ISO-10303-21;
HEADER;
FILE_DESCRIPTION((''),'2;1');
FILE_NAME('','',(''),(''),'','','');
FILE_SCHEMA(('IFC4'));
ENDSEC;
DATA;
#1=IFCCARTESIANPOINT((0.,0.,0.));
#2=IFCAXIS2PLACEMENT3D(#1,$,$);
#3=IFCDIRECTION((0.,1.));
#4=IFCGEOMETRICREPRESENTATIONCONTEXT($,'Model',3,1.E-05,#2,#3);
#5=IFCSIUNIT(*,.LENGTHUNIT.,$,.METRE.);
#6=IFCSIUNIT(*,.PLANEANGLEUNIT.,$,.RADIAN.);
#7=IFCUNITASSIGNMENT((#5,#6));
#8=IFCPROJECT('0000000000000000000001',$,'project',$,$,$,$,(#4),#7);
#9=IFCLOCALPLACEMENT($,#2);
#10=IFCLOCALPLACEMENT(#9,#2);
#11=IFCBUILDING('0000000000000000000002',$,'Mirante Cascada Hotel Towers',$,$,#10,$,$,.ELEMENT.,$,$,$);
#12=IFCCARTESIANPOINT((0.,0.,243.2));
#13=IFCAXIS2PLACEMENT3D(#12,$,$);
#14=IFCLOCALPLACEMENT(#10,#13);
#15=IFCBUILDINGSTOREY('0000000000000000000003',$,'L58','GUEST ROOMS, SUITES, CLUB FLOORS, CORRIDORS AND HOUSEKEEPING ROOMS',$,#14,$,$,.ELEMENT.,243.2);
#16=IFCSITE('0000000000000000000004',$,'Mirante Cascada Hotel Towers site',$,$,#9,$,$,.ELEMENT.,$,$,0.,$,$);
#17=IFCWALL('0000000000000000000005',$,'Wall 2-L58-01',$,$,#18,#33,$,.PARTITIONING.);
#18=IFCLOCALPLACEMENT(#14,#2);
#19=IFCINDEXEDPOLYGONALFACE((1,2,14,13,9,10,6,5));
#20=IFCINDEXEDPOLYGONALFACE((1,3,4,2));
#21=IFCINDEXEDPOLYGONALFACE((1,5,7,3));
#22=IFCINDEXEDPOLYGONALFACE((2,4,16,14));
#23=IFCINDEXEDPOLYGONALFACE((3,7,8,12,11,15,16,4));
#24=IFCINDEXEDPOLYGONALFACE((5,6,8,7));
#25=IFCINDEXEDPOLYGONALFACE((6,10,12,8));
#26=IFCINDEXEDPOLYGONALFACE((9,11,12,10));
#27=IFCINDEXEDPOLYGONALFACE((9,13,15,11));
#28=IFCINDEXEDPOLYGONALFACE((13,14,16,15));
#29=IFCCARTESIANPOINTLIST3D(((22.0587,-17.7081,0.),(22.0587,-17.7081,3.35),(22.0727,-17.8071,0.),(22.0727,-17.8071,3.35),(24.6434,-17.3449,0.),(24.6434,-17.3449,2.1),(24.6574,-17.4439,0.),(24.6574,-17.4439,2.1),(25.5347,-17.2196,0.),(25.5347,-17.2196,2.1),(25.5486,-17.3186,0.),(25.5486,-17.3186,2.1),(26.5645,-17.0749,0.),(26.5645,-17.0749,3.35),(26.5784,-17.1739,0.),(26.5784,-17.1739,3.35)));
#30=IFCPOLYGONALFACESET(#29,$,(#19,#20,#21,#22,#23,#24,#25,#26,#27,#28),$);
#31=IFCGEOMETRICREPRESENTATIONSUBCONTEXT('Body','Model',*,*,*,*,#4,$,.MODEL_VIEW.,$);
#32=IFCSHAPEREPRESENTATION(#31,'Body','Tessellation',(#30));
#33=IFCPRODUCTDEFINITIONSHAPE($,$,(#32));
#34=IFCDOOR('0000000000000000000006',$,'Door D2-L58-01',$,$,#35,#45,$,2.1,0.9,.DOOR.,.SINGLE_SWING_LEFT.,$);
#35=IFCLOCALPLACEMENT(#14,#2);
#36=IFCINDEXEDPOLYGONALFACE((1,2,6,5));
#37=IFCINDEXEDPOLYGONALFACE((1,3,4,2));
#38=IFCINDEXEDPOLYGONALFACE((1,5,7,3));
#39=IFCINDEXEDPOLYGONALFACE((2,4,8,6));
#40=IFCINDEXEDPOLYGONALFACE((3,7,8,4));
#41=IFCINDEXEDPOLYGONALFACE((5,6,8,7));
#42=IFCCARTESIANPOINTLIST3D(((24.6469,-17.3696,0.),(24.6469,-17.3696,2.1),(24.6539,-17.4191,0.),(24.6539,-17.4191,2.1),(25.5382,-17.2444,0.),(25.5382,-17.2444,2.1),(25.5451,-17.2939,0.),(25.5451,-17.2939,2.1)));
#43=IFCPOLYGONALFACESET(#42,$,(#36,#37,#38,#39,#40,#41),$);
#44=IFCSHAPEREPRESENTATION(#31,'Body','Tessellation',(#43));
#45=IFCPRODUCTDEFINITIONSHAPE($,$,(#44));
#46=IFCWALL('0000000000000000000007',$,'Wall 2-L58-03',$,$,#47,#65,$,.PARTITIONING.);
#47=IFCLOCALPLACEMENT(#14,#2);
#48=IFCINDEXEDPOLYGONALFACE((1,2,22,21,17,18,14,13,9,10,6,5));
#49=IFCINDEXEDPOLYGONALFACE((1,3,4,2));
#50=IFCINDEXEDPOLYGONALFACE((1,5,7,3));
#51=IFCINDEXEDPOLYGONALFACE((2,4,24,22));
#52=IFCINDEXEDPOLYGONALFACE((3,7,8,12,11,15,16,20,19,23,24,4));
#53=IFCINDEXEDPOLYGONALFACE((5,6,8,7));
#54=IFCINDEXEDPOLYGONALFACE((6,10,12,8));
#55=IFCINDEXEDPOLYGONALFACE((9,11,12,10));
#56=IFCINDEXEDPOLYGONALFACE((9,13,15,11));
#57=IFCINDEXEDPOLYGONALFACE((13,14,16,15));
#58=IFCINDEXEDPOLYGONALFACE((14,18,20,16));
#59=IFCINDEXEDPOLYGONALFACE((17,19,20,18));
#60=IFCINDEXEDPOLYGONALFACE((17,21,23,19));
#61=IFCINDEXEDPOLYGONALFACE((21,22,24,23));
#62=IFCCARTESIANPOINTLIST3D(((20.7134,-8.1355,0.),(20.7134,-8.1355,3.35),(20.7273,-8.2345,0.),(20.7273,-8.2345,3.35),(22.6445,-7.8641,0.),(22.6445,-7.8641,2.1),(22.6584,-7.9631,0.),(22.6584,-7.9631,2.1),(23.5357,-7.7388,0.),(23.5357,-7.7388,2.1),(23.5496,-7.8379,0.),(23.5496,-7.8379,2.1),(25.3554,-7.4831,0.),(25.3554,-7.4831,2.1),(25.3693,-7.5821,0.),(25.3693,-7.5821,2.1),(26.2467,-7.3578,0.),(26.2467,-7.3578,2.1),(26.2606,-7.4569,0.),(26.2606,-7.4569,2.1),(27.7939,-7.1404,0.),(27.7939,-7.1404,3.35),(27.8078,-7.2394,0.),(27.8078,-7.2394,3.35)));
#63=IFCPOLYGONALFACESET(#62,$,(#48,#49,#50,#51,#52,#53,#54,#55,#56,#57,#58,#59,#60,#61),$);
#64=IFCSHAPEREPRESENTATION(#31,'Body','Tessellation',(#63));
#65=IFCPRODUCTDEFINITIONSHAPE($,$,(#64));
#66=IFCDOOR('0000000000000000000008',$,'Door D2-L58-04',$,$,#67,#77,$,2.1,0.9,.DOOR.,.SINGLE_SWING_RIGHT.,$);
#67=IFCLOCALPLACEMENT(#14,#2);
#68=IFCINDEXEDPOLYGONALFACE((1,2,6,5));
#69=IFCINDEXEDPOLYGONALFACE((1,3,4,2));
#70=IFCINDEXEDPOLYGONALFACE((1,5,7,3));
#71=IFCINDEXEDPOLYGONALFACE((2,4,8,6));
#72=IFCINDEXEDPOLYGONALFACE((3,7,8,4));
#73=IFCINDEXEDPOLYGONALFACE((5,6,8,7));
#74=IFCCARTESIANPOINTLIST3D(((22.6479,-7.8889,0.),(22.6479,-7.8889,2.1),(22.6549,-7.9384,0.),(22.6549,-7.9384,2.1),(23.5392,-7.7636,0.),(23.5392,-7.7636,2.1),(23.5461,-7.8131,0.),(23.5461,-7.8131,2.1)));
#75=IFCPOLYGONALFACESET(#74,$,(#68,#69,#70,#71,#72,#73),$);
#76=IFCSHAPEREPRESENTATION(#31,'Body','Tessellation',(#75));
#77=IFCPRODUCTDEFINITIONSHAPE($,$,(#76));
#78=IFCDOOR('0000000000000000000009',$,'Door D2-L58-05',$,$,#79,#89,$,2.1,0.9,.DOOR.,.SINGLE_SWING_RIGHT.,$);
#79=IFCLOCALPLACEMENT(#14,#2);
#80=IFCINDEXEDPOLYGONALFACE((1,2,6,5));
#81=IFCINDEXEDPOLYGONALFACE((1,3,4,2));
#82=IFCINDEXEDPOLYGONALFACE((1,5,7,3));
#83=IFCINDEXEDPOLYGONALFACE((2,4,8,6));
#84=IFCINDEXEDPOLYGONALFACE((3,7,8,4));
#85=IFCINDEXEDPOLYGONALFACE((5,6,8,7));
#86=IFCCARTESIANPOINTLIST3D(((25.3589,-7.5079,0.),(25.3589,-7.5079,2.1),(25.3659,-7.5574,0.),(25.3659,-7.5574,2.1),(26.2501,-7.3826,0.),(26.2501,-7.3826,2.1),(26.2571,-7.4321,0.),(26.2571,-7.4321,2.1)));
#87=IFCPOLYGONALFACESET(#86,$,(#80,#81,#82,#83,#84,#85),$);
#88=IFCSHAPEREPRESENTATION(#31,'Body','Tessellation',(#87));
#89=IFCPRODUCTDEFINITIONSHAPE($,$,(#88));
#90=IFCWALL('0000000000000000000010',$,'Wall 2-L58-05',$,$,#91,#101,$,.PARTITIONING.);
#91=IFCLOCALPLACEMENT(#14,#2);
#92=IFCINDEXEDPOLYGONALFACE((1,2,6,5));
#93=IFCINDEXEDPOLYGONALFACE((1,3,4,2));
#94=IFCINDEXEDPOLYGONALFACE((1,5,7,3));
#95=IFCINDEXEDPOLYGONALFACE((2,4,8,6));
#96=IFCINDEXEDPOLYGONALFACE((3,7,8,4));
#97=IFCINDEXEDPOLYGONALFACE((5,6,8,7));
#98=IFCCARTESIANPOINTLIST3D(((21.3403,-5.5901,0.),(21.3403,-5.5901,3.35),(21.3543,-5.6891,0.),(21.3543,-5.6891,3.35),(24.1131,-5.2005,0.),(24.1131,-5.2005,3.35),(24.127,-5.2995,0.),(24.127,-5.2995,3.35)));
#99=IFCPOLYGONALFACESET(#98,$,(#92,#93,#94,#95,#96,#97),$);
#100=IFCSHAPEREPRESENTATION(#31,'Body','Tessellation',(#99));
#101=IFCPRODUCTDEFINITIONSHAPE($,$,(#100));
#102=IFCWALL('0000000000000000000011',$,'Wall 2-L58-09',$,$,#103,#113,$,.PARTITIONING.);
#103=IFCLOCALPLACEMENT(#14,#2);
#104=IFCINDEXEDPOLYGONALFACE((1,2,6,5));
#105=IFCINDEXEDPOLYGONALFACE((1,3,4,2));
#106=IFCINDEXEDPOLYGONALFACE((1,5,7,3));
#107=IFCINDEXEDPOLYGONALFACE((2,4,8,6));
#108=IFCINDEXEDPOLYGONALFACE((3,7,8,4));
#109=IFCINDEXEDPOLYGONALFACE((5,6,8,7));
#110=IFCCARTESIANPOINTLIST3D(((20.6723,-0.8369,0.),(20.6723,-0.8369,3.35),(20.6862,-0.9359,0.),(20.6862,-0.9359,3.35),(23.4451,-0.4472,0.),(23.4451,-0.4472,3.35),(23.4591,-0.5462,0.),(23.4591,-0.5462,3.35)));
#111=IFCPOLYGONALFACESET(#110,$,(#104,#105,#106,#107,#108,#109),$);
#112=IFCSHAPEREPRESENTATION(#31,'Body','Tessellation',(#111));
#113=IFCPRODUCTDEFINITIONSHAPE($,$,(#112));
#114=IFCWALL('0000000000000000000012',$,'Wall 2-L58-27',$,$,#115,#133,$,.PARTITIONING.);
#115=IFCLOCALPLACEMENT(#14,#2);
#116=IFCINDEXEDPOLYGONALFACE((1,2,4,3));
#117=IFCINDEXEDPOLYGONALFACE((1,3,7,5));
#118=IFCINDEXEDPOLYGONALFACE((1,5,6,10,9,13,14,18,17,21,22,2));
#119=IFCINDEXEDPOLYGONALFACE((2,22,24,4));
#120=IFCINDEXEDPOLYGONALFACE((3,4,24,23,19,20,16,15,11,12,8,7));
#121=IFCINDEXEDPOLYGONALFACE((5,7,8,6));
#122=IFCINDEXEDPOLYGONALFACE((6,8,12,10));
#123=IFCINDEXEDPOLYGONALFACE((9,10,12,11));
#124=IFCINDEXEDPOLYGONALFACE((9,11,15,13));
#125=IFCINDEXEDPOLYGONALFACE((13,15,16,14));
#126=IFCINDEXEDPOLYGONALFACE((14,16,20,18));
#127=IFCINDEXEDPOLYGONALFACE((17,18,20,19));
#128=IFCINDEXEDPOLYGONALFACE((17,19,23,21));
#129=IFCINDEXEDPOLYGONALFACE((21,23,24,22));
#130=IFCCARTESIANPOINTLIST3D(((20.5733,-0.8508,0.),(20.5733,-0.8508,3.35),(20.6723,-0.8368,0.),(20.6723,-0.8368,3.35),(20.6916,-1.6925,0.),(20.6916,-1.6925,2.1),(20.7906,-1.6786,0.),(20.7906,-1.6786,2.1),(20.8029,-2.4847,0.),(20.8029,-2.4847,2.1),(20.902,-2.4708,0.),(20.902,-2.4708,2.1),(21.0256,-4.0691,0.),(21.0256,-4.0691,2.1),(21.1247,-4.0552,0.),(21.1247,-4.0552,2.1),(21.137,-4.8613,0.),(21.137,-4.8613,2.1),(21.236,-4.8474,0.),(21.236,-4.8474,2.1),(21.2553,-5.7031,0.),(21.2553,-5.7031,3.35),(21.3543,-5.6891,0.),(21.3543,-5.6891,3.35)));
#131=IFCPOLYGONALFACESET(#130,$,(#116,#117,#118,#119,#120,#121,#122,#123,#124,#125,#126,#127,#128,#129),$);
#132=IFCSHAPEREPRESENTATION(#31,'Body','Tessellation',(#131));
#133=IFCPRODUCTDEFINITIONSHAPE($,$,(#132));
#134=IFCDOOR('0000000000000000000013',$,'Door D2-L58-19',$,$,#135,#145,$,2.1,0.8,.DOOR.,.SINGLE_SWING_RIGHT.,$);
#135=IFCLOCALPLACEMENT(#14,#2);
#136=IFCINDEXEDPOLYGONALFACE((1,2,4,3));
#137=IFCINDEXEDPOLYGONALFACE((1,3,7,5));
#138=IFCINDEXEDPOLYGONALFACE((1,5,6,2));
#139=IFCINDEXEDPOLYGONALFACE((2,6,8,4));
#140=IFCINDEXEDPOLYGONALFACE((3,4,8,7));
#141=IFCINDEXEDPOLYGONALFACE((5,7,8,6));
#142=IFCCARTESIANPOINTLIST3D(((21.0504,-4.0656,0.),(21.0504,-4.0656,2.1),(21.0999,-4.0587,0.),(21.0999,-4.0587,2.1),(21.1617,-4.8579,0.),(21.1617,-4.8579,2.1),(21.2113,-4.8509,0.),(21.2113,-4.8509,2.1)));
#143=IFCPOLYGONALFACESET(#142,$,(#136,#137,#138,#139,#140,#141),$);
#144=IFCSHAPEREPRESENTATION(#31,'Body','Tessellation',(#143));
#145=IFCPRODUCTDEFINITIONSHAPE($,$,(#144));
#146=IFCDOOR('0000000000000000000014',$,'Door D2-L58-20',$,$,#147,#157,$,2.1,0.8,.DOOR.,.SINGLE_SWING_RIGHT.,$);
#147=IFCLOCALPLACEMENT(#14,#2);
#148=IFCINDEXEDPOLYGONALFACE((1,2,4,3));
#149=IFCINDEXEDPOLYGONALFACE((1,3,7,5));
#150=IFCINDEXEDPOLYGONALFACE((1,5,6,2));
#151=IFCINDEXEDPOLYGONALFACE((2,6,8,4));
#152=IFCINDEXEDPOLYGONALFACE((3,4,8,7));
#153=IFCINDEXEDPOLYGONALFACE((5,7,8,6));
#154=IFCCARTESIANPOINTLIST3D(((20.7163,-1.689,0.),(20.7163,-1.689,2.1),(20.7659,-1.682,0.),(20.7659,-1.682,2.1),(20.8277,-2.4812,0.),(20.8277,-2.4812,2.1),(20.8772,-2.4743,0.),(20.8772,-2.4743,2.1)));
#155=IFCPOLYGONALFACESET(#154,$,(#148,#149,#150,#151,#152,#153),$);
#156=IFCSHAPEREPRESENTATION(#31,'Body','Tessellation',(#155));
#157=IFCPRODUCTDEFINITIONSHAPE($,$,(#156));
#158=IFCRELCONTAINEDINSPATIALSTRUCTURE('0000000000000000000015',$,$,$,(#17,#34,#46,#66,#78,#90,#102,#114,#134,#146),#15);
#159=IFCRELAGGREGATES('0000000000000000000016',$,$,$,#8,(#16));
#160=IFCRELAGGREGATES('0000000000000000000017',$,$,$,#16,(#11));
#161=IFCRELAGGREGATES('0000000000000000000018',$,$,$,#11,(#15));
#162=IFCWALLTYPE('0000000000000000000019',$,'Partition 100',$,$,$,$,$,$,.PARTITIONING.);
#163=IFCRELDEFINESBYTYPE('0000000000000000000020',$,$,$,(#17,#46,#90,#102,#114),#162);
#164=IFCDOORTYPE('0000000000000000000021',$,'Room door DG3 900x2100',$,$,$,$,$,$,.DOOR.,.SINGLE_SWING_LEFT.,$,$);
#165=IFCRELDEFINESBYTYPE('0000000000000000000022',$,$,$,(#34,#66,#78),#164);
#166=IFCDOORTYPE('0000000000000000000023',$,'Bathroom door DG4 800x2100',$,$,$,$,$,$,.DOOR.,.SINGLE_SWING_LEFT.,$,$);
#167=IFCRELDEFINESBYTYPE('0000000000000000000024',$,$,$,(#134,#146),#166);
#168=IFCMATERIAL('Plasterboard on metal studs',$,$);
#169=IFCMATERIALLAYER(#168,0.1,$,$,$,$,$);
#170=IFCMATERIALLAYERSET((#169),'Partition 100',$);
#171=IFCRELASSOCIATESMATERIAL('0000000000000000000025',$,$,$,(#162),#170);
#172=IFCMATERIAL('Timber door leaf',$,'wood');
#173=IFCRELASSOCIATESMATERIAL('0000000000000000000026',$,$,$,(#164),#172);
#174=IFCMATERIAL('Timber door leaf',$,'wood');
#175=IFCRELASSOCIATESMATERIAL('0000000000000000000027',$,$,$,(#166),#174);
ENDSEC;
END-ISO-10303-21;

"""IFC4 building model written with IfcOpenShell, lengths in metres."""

from ifc_helpers import new_model, si_unit, direction, frame, frame_2d, origin, place, context, subcontext, project, spatial, rectangle, extrude, material, layer, layer_set, type_object, element, fill, save


model = new_model("IFC4")

# Units and contexts
model_context = context("Model", 3, precision=1e-05, world=origin(), true_north=direction((0.0, 1.0)))
body_context = subcontext(model_context, "Body", "Model", "MODEL_VIEW")
ifc_project = project(units=[si_unit("LENGTHUNIT", "METRE"), si_unit("PLANEANGLEUNIT", "RADIAN")], contexts=[model_context])

# Site, building, storey
site_placement = place(None, origin())
site = spatial("IfcSite", under=ifc_project, at=site_placement, Name="Mirante Cascada Hotel Towers site", CompositionType="ELEMENT", RefElevation=0.0)
building_placement = place(site_placement, origin())
building = spatial("IfcBuilding", under=site, at=building_placement, Name="Mirante Cascada Hotel Towers", CompositionType="ELEMENT")
storey_placement = place(building_placement, frame((0.0, 0.0, 243.2)))
storey = spatial("IfcBuildingStorey", under=building, at=storey_placement, Name="L58", Description="GUEST ROOMS, SUITES, CLUB FLOORS, CORRIDORS AND HOUSEKEEPING ROOMS", CompositionType="ELEMENT", Elevation=243.2)

# Wall, opening, door
ifc_material_1 = material(Name="Plasterboard on metal studs")
ifc_layer_1 = layer(ifc_material_1, 0.1)
ifc_layer_set_1 = layer_set([ifc_layer_1], Name="Partition 100")
wall_type_1 = type_object("IfcWallType", Name="Partition 100", PredefinedType="PARTITIONING", material=ifc_layer_set_1)
wall_1_placement = place(storey_placement, frame((22.0657, -17.7576, 0.0), z_axis=(0.0, 0.0, 1.0), x_axis=(0.990269, 0.139166, 0.0)))
wall_1 = element("IfcWall", 1, at=wall_1_placement, inside=storey, type_object=wall_type_1, Name="Wall 2-L58-01", PredefinedType="PARTITIONING", context=body_context, shape_type="SweptSolid", body=[
    extrude(rectangle(XDim=4.55, YDim=0.1, at=frame_2d((2.275, 0.0))), origin(), (0.0, 0.0, 1.0), 3.35),
])
opening_1_placement = place(wall_1_placement, frame((2.6101, 0.0, 0.0)))
opening_1 = element("IfcOpeningElement", 2, at=opening_1_placement, cuts=wall_1, PredefinedType="OPENING", context=body_context, shape_type="SweptSolid", body=[
    extrude(rectangle(XDim=0.9, YDim=2.1, at=frame_2d((0.45, 1.05))), frame((0.0, 0.05, 0.0), z_axis=(0.0, -1.0, 0.0), x_axis=(1.0, 0.0, 0.0)), (0.0, 0.0, 1.0), 0.1),
])
ifc_material_2 = material(Name="Timber door leaf", Category="wood")
door_type_1 = type_object("IfcDoorType", Name="Room door DG3 900x2100", OperationType="SINGLE_SWING_LEFT", PredefinedType="DOOR", material=ifc_material_2)
door_1_placement = place(opening_1_placement, origin())
door_1 = element("IfcDoor", 3, at=door_1_placement, inside=storey, type_object=door_type_1, Name="Door D2-L58-01", OperationType="SINGLE_SWING_LEFT", OverallHeight=2.1, OverallWidth=0.9, PredefinedType="DOOR", context=body_context, shape_type="SweptSolid", body=[
    extrude(rectangle(XDim=0.9, YDim=2.1, at=frame_2d((0.45, 1.05))), frame((0.0, 0.025, 0.0), z_axis=(0.0, -1.0, 0.0), x_axis=(1.0, 0.0, 0.0)), (0.0, 0.0, 1.0), 0.05),
])
fill(opening_1, door_1)

# Wall, openings, doors
wall_2_placement = place(storey_placement, frame((20.7204, -8.185, 0.0), z_axis=(0.0, 0.0, 1.0), x_axis=(0.990268, 0.139173, 0.0)))
wall_2 = element("IfcWall", 4, at=wall_2_placement, inside=storey, type_object=wall_type_1, Name="Wall 2-L58-03", PredefinedType="PARTITIONING", context=body_context, shape_type="SweptSolid", body=[
    extrude(rectangle(XDim=7.1501, YDim=0.1, at=frame_2d((3.575, 0.0))), origin(), (0.0, 0.0, 1.0), 3.35),
])
opening_2_placement = place(wall_2_placement, frame((1.95, 0.0, 0.0)))
opening_2 = element("IfcOpeningElement", 5, at=opening_2_placement, cuts=wall_2, PredefinedType="OPENING", context=body_context, shape_type="SweptSolid", body=[
    extrude(rectangle(XDim=0.9, YDim=2.1, at=frame_2d((0.45, 1.05))), frame((0.0, 0.05, 0.0), z_axis=(0.0, -1.0, 0.0), x_axis=(1.0, 0.0, 0.0)), (0.0, 0.0, 1.0), 0.1),
])
opening_3_placement = place(wall_2_placement, frame((4.6876, 0.0, 0.0)))
opening_3 = element("IfcOpeningElement", 6, at=opening_3_placement, cuts=wall_2, PredefinedType="OPENING", context=body_context, shape_type="SweptSolid", body=[
    extrude(rectangle(XDim=0.9, YDim=2.1, at=frame_2d((0.45, 1.05))), frame((0.0, 0.05, 0.0), z_axis=(0.0, -1.0, 0.0), x_axis=(1.0, 0.0, 0.0)), (0.0, 0.0, 1.0), 0.1),
])
door_2_placement = place(opening_2_placement, frame((0.9, 0.0, 0.0), z_axis=(0.0, 0.0, 1.0), x_axis=(-1.0, 0.0, 0.0)))
door_2 = element("IfcDoor", 7, at=door_2_placement, inside=storey, type_object=door_type_1, Name="Door D2-L58-04", OperationType="SINGLE_SWING_RIGHT", OverallHeight=2.1, OverallWidth=0.9, PredefinedType="DOOR", context=body_context, shape_type="SweptSolid", body=[
    extrude(rectangle(XDim=0.9, YDim=2.1, at=frame_2d((0.45, 1.05))), frame((0.0, 0.025, 0.0), z_axis=(0.0, -1.0, 0.0), x_axis=(1.0, 0.0, 0.0)), (0.0, 0.0, 1.0), 0.05),
])
fill(opening_2, door_2)
door_3_placement = place(opening_3_placement, frame((0.9, 0.0, 0.0), z_axis=(0.0, 0.0, 1.0), x_axis=(-1.0, 0.0, 0.0)))
door_3 = element("IfcDoor", 8, at=door_3_placement, inside=storey, type_object=door_type_1, Name="Door D2-L58-05", OperationType="SINGLE_SWING_RIGHT", OverallHeight=2.1, OverallWidth=0.9, PredefinedType="DOOR", context=body_context, shape_type="SweptSolid", body=[
    extrude(rectangle(XDim=0.9, YDim=2.1, at=frame_2d((0.45, 1.05))), frame((0.0, 0.025, 0.0), z_axis=(0.0, -1.0, 0.0), x_axis=(1.0, 0.0, 0.0)), (0.0, 0.0, 1.0), 0.05),
])
fill(opening_3, door_3)

# Walls
wall_3_placement = place(storey_placement, frame((21.3473, -5.6396, 0.0), z_axis=(0.0, 0.0, 1.0), x_axis=(0.990273, 0.139141, 0.0)))
element("IfcWall", 9, at=wall_3_placement, inside=storey, type_object=wall_type_1, Name="Wall 2-L58-05", PredefinedType="PARTITIONING", context=body_context, shape_type="SweptSolid", body=[
    extrude(rectangle(XDim=2.8, YDim=0.1, at=frame_2d((1.4, 0.0))), origin(), (0.0, 0.0, 1.0), 3.35),
])
wall_4_placement = place(storey_placement, frame((20.6793, -0.8864, 0.0), z_axis=(0.0, 0.0, 1.0), x_axis=(0.990268, 0.139176, 0.0)))
element("IfcWall", 10, at=wall_4_placement, inside=storey, type_object=wall_type_1, Name="Wall 2-L58-09", PredefinedType="PARTITIONING", context=body_context, shape_type="SweptSolid", body=[
    extrude(rectangle(XDim=2.8001, YDim=0.1, at=frame_2d((1.4, 0.0))), origin(), (0.0, 0.0, 1.0), 3.35),
])

# Wall, openings, doors
wall_5_placement = place(storey_placement, frame((21.3048, -5.6961, 0.0), z_axis=(0.0, 0.0, 1.0), x_axis=(-0.139184, 0.990267, 0.0)))
wall_5 = element("IfcWall", 11, at=wall_5_placement, inside=storey, type_object=wall_type_1, Name="Wall 2-L58-27", PredefinedType="PARTITIONING", context=body_context, shape_type="SweptSolid", body=[
    extrude(rectangle(XDim=4.9, YDim=0.1, at=frame_2d((2.45, 0.0))), origin(), (0.0, 0.0, 1.0), 3.35),
])
opening_4_placement = place(wall_5_placement, frame((0.85, 0.0, 0.0)))
opening_4 = element("IfcOpeningElement", 12, at=opening_4_placement, cuts=wall_5, PredefinedType="OPENING", context=body_context, shape_type="SweptSolid", body=[
    extrude(rectangle(XDim=0.8, YDim=2.1, at=frame_2d((0.4, 1.05))), frame((0.0, 0.05, 0.0), z_axis=(0.0, -1.0, 0.0), x_axis=(1.0, 0.0, 0.0)), (0.0, 0.0, 1.0), 0.1),
])
opening_5_placement = place(wall_5_placement, frame((3.25, 0.0, 0.0)))
opening_5 = element("IfcOpeningElement", 13, at=opening_5_placement, cuts=wall_5, PredefinedType="OPENING", context=body_context, shape_type="SweptSolid", body=[
    extrude(rectangle(XDim=0.8, YDim=2.1, at=frame_2d((0.4, 1.05))), frame((0.0, 0.05, 0.0), z_axis=(0.0, -1.0, 0.0), x_axis=(1.0, 0.0, 0.0)), (0.0, 0.0, 1.0), 0.1),
])
ifc_material_3 = material(Name="Timber door leaf", Category="wood")
door_type_2 = type_object("IfcDoorType", Name="Bathroom door DG4 800x2100", OperationType="SINGLE_SWING_LEFT", PredefinedType="DOOR", material=ifc_material_3)
door_4_placement = place(opening_4_placement, frame((0.8, 0.0, 0.0), z_axis=(0.0, 0.0, 1.0), x_axis=(-1.0, 0.0, 0.0)))
door_4 = element("IfcDoor", 14, at=door_4_placement, inside=storey, type_object=door_type_2, Name="Door D2-L58-19", OperationType="SINGLE_SWING_RIGHT", OverallHeight=2.1, OverallWidth=0.8, PredefinedType="DOOR", context=body_context, shape_type="SweptSolid", body=[
    extrude(rectangle(XDim=0.8, YDim=2.1, at=frame_2d((0.4, 1.05))), frame((0.0, 0.025, 0.0), z_axis=(0.0, -1.0, 0.0), x_axis=(1.0, 0.0, 0.0)), (0.0, 0.0, 1.0), 0.05),
])
fill(opening_4, door_4)
door_5_placement = place(opening_5_placement, frame((0.8, 0.0, 0.0), z_axis=(0.0, 0.0, 1.0), x_axis=(-1.0, 0.0, 0.0)))
door_5 = element("IfcDoor", 15, at=door_5_placement, inside=storey, type_object=door_type_2, Name="Door D2-L58-20", OperationType="SINGLE_SWING_RIGHT", OverallHeight=2.1, OverallWidth=0.8, PredefinedType="DOOR", context=body_context, shape_type="SweptSolid", body=[
    extrude(rectangle(XDim=0.8, YDim=2.1, at=frame_2d((0.4, 1.05))), frame((0.0, 0.025, 0.0), z_axis=(0.0, -1.0, 0.0), x_axis=(1.0, 0.0, 0.0)), (0.0, 0.0, 1.0), 0.05),
])
fill(opening_5, door_5)

save(model, "model.ifc")
